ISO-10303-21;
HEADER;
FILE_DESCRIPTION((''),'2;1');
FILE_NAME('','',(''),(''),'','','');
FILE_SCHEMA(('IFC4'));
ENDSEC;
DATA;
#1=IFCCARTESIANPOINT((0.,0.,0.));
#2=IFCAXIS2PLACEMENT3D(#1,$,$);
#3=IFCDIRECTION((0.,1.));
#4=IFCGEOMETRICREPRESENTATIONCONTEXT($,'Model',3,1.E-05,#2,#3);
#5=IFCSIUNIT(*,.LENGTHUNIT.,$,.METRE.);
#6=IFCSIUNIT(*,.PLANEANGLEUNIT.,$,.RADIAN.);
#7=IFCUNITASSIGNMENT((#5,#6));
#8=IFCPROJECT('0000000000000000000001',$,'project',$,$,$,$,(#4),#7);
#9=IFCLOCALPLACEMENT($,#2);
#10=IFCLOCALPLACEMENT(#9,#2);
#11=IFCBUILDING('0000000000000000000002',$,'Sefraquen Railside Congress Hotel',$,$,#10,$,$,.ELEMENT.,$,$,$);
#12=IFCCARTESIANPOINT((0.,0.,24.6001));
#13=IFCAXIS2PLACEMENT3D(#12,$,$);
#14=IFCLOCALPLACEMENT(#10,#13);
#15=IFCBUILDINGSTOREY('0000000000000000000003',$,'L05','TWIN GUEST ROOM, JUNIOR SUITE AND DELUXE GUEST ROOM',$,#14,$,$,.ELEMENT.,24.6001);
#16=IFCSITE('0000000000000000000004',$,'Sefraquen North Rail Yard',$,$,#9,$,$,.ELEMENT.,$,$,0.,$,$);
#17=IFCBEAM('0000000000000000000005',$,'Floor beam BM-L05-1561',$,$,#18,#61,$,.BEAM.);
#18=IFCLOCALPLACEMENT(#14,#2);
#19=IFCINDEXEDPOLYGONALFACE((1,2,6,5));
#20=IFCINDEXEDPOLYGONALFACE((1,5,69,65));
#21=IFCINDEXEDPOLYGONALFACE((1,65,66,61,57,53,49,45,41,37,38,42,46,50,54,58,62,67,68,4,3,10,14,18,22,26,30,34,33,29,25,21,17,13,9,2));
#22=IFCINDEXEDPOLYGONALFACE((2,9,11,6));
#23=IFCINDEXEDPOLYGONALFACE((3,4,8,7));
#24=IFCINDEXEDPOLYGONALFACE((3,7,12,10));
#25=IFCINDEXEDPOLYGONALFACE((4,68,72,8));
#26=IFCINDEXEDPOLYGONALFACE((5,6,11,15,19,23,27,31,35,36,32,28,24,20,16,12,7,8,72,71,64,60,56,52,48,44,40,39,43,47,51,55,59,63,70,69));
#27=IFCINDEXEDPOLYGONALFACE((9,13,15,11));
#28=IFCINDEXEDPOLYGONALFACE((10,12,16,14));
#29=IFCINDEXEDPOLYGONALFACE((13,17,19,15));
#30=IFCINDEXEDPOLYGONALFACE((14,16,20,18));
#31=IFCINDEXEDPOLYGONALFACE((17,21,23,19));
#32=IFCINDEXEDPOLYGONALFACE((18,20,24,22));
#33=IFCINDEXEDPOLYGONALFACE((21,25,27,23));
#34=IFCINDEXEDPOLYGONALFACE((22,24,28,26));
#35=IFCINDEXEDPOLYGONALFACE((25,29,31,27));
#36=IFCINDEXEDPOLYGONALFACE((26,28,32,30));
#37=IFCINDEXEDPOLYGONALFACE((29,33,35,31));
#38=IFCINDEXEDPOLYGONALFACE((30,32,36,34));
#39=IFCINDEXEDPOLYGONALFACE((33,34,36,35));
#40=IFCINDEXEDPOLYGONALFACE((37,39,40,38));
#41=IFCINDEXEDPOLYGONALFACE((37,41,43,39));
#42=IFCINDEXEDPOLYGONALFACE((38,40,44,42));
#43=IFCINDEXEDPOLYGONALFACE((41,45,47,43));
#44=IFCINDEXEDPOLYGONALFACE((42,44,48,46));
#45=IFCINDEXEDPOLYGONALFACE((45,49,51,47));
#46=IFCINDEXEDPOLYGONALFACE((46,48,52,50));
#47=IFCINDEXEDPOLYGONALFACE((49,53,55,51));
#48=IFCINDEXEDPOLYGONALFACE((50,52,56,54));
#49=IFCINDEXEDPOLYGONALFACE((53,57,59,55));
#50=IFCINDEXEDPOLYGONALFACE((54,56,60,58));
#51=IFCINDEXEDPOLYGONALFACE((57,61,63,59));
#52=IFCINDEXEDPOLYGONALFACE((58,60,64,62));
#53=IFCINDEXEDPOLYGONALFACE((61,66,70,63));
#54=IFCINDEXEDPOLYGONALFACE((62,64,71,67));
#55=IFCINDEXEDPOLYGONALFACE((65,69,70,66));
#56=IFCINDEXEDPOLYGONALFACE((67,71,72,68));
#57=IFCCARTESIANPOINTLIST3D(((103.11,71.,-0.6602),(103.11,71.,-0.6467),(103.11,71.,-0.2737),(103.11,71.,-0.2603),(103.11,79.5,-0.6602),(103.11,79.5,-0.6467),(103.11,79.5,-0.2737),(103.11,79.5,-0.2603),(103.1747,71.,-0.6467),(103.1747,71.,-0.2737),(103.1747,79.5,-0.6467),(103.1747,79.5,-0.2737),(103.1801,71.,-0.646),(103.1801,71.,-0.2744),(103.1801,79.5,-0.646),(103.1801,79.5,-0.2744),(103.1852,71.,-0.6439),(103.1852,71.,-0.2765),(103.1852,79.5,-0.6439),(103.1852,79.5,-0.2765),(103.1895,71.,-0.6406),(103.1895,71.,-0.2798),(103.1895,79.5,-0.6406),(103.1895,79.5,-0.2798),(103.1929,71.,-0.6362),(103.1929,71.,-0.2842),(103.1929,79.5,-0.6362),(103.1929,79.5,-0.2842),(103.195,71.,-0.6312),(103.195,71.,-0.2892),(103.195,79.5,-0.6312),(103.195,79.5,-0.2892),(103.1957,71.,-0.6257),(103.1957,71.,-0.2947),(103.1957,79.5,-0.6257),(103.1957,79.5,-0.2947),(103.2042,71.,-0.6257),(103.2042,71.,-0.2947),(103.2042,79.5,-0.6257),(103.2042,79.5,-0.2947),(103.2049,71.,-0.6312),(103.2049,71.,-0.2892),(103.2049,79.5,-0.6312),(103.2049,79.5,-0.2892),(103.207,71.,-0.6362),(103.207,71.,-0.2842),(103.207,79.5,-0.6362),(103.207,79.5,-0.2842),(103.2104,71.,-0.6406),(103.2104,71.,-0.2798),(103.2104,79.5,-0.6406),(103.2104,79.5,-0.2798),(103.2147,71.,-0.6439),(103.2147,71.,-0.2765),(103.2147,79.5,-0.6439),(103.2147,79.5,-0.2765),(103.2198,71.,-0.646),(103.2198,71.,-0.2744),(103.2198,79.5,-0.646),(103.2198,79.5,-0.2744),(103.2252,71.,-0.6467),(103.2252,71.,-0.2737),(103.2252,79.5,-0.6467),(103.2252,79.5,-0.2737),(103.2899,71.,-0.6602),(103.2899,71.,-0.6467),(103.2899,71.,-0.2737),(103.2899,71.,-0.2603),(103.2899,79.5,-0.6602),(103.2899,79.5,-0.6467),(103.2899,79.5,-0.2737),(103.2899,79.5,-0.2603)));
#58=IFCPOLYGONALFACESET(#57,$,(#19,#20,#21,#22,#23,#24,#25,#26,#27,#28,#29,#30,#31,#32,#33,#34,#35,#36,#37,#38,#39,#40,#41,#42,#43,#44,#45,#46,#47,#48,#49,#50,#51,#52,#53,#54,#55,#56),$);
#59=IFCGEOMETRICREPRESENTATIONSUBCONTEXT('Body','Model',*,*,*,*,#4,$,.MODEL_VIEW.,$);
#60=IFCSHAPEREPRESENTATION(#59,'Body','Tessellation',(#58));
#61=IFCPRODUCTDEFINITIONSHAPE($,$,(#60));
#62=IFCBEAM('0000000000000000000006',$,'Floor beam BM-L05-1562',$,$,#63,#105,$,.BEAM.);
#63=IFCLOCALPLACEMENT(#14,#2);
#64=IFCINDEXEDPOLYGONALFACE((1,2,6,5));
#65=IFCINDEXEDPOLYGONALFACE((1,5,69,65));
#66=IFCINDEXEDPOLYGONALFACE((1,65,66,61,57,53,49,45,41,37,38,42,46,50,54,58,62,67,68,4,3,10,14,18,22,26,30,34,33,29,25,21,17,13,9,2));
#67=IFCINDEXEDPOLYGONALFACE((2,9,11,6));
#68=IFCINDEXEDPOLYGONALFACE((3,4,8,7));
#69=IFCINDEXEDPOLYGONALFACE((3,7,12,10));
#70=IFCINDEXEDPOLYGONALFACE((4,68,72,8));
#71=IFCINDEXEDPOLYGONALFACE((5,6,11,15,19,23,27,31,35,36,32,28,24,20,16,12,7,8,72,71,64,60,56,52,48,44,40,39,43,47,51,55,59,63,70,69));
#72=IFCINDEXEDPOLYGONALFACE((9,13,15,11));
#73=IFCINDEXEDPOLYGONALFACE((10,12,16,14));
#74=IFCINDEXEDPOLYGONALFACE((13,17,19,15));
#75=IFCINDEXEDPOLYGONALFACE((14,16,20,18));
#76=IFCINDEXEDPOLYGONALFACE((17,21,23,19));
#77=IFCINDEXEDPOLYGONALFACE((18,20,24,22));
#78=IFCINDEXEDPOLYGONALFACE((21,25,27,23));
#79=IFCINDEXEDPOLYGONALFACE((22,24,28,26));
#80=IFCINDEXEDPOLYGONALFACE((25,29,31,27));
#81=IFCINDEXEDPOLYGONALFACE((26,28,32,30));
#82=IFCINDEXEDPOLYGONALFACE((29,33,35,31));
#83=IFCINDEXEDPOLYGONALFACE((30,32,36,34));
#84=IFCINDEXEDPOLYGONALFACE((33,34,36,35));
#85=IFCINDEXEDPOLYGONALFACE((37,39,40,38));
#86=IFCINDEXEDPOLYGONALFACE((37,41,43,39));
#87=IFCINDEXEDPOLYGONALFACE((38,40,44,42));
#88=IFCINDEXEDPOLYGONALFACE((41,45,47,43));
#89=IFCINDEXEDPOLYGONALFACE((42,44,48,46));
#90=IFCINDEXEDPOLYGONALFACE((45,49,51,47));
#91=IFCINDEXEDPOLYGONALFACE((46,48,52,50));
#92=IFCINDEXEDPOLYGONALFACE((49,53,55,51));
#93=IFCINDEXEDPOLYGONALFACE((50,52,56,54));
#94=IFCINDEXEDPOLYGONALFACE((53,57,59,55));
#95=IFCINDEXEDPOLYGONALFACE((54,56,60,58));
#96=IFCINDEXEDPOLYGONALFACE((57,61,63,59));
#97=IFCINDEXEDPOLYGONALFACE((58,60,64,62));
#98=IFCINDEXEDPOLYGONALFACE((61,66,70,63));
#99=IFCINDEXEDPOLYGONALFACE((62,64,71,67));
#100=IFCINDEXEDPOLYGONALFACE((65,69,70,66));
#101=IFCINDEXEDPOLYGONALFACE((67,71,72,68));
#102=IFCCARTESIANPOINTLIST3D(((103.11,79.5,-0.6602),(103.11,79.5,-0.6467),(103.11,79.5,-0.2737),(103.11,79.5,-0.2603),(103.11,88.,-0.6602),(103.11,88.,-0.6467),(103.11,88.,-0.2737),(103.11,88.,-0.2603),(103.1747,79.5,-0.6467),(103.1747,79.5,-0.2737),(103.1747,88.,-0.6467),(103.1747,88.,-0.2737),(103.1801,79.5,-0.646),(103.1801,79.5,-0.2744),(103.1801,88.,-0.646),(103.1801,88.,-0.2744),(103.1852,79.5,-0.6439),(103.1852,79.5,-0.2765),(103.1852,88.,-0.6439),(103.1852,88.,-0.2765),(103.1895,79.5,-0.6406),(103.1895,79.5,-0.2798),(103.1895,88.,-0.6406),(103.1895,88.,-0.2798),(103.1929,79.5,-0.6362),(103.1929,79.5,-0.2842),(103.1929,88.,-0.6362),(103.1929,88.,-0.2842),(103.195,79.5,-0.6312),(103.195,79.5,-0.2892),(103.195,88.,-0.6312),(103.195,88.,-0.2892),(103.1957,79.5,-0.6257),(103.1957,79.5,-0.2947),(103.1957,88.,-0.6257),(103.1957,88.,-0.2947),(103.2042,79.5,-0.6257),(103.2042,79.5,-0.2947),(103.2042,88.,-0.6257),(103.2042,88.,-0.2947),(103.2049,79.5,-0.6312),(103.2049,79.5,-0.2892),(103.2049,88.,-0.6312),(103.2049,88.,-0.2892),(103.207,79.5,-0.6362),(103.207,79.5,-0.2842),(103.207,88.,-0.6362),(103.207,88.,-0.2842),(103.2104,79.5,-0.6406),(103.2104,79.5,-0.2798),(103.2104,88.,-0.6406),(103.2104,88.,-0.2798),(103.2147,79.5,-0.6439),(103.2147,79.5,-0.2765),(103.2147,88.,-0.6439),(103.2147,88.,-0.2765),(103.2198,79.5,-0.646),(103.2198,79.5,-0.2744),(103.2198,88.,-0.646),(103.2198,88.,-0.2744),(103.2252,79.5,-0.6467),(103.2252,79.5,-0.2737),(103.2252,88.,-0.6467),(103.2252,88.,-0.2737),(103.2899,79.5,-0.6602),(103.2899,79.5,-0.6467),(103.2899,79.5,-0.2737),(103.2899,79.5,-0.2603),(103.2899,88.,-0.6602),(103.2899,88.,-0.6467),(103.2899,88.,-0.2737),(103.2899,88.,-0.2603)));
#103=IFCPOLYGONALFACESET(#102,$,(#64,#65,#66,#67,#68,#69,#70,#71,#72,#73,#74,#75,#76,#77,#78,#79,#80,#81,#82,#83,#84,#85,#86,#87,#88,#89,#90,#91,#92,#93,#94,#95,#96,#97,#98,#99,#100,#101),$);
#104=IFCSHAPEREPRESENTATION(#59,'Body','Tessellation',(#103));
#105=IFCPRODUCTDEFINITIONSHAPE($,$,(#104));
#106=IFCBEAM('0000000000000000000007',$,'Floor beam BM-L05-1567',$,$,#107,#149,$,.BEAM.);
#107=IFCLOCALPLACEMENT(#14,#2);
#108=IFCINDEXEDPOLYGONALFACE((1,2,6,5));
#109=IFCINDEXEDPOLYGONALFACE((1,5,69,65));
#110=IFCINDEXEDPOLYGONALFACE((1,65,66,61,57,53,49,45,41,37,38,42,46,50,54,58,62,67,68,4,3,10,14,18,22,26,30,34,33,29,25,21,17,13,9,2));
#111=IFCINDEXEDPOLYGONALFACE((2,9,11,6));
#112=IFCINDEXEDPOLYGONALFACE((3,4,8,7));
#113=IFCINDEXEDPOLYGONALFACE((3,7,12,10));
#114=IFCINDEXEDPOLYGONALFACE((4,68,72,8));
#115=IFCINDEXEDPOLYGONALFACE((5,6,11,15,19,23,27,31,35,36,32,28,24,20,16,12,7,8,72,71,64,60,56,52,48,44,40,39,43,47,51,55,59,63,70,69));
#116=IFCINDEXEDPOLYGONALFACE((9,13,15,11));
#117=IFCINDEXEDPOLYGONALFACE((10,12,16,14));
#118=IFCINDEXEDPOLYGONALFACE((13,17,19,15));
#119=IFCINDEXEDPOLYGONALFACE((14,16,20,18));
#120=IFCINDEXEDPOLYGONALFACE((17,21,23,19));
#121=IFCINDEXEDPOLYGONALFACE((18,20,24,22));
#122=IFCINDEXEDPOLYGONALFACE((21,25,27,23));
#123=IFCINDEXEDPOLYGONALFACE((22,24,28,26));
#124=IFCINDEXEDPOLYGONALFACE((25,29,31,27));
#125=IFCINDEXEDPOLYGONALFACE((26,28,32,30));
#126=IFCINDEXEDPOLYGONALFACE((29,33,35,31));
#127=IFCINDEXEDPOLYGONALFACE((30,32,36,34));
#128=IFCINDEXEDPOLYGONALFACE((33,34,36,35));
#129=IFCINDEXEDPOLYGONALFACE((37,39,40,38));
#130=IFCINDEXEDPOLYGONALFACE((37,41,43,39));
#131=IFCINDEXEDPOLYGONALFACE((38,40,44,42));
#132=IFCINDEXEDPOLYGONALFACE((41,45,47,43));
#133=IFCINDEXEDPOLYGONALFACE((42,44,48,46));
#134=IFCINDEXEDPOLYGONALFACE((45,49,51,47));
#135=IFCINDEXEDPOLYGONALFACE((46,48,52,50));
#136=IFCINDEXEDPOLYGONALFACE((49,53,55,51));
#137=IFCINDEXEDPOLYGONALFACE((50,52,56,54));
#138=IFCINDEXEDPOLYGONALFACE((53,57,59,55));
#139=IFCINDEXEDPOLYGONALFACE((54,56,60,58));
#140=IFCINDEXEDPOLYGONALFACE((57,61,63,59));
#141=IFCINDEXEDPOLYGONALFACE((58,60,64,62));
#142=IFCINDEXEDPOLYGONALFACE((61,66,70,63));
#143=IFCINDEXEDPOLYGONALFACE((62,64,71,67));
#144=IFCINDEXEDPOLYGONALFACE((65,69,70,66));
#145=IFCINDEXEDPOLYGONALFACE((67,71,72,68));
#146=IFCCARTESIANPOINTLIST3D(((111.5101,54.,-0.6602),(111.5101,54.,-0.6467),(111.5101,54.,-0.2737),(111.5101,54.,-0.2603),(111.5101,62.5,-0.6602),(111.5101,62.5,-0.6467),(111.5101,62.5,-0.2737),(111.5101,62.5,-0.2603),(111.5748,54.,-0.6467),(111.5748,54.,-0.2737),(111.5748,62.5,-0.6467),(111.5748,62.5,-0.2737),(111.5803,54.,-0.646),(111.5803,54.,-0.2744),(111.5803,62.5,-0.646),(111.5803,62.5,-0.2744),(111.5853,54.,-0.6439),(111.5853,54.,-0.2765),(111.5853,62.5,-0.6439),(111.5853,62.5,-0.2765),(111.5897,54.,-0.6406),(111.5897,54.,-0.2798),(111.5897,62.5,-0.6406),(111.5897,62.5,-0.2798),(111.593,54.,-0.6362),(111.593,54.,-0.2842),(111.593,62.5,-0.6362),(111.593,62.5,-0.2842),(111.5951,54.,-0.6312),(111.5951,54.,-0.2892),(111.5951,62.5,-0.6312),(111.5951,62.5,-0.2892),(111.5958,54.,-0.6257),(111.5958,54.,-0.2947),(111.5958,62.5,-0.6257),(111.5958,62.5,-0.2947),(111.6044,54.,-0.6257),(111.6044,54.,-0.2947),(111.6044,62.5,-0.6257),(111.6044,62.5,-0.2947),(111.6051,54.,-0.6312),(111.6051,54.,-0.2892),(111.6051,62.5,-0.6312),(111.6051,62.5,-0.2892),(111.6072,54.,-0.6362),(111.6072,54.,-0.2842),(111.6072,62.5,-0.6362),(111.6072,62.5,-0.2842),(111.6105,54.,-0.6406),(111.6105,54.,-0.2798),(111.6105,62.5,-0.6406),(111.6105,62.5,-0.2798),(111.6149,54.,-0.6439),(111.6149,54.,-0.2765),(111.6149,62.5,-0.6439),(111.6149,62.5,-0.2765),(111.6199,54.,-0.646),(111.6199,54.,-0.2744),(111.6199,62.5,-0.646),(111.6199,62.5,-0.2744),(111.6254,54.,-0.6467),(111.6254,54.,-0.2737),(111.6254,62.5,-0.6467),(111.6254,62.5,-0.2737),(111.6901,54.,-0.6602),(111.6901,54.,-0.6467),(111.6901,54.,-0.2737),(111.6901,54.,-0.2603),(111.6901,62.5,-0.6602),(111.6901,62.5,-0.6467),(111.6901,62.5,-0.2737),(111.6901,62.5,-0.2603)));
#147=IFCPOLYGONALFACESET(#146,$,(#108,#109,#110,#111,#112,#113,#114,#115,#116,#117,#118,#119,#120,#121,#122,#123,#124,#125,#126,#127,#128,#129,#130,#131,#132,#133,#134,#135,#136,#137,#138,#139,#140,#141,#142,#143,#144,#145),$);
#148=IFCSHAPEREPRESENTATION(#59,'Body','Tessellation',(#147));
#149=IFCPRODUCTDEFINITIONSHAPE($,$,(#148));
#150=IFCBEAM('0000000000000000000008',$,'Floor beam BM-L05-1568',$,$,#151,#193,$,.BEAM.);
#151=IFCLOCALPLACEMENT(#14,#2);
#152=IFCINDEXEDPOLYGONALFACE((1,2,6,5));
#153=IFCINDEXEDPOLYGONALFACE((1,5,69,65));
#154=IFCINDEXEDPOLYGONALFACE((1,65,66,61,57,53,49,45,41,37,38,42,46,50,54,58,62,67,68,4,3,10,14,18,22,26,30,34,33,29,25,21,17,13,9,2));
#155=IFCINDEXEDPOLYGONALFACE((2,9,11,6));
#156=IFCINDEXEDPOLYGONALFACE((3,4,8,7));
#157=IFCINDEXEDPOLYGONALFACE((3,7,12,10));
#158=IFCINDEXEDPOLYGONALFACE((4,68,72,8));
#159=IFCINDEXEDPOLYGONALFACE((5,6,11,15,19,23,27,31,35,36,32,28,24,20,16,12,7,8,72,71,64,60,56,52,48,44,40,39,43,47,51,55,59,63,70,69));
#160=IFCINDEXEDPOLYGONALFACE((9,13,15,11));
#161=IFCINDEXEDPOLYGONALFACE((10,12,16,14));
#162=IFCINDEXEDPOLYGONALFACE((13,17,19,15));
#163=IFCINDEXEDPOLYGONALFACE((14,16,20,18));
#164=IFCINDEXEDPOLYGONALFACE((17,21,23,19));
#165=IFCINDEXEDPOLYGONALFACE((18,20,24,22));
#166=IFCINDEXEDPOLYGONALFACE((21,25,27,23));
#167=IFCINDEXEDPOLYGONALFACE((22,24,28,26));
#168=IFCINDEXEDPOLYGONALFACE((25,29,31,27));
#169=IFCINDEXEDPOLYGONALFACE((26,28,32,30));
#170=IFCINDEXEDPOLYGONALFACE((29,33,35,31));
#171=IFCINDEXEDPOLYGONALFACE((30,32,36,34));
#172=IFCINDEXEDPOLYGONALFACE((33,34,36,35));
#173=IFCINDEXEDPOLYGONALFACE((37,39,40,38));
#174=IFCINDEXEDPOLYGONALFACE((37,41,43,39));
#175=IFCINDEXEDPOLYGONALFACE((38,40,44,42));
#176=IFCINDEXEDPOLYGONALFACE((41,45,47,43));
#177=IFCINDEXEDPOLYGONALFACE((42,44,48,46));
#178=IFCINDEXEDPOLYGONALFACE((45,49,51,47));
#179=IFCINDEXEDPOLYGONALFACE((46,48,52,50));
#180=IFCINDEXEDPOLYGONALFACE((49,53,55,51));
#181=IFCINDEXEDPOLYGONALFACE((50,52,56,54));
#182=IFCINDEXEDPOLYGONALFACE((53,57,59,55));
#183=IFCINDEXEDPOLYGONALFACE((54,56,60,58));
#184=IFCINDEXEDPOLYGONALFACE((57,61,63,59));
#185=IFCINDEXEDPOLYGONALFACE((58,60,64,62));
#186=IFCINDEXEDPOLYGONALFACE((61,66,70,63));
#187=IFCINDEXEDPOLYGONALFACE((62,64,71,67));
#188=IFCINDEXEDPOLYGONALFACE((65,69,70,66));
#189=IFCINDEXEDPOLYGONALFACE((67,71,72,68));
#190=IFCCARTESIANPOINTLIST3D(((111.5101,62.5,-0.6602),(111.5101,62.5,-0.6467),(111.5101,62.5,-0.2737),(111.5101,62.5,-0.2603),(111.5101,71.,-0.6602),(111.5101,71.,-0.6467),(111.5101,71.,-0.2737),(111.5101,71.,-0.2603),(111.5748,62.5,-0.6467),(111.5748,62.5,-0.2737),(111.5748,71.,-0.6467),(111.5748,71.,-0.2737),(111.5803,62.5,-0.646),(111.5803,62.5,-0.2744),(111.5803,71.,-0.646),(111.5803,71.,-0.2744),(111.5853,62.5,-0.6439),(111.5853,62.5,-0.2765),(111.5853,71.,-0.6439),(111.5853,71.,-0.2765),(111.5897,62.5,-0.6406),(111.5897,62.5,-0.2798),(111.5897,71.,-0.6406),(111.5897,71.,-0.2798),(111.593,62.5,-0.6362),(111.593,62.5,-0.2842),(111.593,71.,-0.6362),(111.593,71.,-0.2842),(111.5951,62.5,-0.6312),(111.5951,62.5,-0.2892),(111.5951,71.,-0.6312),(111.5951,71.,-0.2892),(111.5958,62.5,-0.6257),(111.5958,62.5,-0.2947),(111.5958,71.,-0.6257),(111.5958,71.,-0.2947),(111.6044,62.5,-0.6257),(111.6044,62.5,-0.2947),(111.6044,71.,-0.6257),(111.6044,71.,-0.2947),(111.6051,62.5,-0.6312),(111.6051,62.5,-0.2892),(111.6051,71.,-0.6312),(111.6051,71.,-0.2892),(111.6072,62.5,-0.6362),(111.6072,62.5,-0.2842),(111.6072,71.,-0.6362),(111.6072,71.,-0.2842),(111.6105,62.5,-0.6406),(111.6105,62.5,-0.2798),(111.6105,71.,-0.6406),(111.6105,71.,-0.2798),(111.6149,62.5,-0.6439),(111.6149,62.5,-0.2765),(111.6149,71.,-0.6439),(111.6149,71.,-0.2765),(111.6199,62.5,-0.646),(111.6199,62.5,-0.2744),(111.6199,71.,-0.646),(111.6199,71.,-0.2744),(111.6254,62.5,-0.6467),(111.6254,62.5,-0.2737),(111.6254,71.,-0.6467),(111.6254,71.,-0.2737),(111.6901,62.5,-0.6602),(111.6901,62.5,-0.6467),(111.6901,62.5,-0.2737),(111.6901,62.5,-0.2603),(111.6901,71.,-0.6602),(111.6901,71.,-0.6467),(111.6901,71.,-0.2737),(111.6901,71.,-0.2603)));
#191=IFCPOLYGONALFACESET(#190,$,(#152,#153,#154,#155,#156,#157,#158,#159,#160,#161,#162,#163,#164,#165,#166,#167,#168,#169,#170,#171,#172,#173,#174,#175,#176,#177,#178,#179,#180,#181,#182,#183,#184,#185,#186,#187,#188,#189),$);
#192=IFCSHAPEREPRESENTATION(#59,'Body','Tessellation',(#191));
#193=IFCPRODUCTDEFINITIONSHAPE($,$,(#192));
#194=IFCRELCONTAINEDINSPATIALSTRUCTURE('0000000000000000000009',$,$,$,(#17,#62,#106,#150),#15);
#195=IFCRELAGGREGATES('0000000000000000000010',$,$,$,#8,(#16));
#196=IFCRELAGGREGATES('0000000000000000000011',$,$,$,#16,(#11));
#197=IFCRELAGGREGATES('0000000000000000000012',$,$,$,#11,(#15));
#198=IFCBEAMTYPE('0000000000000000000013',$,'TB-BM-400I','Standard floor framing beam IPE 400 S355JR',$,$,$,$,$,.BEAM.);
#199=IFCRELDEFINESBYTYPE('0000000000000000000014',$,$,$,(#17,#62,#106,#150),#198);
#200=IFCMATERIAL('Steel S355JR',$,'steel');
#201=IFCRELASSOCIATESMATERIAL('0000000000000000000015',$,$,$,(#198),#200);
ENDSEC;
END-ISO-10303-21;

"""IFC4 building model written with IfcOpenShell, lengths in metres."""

from ifc_helpers import new_model, si_unit, direction, frame, origin, origin_2d, place, context, subcontext, project, spatial, i_section, extrude, material, material_profile, profile_set, type_object, element, save


model = new_model("IFC4")

# Units and contexts
model_context = context("Model", 3, precision=1e-05, world=origin(), true_north=direction((0.0, 1.0)))
body_context = subcontext(model_context, "Body", "Model", "MODEL_VIEW")
ifc_project = project(units=[si_unit("LENGTHUNIT", "METRE"), si_unit("PLANEANGLEUNIT", "RADIAN")], contexts=[model_context])

# Site, building, storey
site_placement = place(None, origin())
site = spatial("IfcSite", under=ifc_project, at=site_placement, Name="Sefraquen North Rail Yard", CompositionType="ELEMENT", RefElevation=0.0)
building_placement = place(site_placement, origin())
building = spatial("IfcBuilding", under=site, at=building_placement, Name="Sefraquen Railside Congress Hotel", CompositionType="ELEMENT")
storey_placement = place(building_placement, frame((0.0, 0.0, 24.6001)))
storey = spatial("IfcBuildingStorey", under=building, at=storey_placement, Name="L05", Description="TWIN GUEST ROOM, JUNIOR SUITE AND DELUXE GUEST ROOM", CompositionType="ELEMENT", Elevation=24.6001)

# Beams
ifc_material_1 = material(Name="Steel S355JR", Category="steel")
ifc_material_profile_1 = material_profile(ifc_material_1, i_section(OverallWidth=0.1799, OverallDepth=0.3999, WebThickness=0.0085, FlangeThickness=0.0134, FilletRadius=0.021, at=origin_2d()), Name="IPE 400")
ifc_profile_set_1 = profile_set([ifc_material_profile_1], Name="Steel S355JR")
beam_type_1 = type_object("IfcBeamType", Name="TB-BM-400I", Description="Standard floor framing beam IPE 400 S355JR", PredefinedType="BEAM", material=ifc_profile_set_1)
for number, where, z_axis, x_axis, name in (
    (1, (103.2, 71.0, -0.4602), (0.0, 1.0, 0.0), (-1.0, 0.0, 0.0), "Floor beam BM-L05-1561"),
    (2, (103.2, 79.5, -0.4602), (0.0, 1.0, 0.0), (-1.0, 0.0, 0.0), "Floor beam BM-L05-1562"),
    (3, (111.6001, 54.0, -0.4602), (0.0, 1.0, 0.0), (-1.0, 0.0, 0.0), "Floor beam BM-L05-1567"),
    (4, (111.6001, 62.5, -0.4602), (0.0, 1.0, 0.0), (-1.0, 0.0, 0.0), "Floor beam BM-L05-1568"),
):
    element("IfcBeam", number, at=place(storey_placement, frame(where, z_axis=z_axis, x_axis=x_axis)), inside=storey, type_object=beam_type_1, Name=name, PredefinedType="BEAM", context=body_context, shape_type="SweptSolid", body=[
        extrude(i_section(OverallWidth=0.1799, OverallDepth=0.3999, WebThickness=0.0085, FlangeThickness=0.0134, FilletRadius=0.021, at=origin_2d()), origin(), (0.0, 0.0, 1.0), 8.5),
    ])

save(model, "model.ifc")
